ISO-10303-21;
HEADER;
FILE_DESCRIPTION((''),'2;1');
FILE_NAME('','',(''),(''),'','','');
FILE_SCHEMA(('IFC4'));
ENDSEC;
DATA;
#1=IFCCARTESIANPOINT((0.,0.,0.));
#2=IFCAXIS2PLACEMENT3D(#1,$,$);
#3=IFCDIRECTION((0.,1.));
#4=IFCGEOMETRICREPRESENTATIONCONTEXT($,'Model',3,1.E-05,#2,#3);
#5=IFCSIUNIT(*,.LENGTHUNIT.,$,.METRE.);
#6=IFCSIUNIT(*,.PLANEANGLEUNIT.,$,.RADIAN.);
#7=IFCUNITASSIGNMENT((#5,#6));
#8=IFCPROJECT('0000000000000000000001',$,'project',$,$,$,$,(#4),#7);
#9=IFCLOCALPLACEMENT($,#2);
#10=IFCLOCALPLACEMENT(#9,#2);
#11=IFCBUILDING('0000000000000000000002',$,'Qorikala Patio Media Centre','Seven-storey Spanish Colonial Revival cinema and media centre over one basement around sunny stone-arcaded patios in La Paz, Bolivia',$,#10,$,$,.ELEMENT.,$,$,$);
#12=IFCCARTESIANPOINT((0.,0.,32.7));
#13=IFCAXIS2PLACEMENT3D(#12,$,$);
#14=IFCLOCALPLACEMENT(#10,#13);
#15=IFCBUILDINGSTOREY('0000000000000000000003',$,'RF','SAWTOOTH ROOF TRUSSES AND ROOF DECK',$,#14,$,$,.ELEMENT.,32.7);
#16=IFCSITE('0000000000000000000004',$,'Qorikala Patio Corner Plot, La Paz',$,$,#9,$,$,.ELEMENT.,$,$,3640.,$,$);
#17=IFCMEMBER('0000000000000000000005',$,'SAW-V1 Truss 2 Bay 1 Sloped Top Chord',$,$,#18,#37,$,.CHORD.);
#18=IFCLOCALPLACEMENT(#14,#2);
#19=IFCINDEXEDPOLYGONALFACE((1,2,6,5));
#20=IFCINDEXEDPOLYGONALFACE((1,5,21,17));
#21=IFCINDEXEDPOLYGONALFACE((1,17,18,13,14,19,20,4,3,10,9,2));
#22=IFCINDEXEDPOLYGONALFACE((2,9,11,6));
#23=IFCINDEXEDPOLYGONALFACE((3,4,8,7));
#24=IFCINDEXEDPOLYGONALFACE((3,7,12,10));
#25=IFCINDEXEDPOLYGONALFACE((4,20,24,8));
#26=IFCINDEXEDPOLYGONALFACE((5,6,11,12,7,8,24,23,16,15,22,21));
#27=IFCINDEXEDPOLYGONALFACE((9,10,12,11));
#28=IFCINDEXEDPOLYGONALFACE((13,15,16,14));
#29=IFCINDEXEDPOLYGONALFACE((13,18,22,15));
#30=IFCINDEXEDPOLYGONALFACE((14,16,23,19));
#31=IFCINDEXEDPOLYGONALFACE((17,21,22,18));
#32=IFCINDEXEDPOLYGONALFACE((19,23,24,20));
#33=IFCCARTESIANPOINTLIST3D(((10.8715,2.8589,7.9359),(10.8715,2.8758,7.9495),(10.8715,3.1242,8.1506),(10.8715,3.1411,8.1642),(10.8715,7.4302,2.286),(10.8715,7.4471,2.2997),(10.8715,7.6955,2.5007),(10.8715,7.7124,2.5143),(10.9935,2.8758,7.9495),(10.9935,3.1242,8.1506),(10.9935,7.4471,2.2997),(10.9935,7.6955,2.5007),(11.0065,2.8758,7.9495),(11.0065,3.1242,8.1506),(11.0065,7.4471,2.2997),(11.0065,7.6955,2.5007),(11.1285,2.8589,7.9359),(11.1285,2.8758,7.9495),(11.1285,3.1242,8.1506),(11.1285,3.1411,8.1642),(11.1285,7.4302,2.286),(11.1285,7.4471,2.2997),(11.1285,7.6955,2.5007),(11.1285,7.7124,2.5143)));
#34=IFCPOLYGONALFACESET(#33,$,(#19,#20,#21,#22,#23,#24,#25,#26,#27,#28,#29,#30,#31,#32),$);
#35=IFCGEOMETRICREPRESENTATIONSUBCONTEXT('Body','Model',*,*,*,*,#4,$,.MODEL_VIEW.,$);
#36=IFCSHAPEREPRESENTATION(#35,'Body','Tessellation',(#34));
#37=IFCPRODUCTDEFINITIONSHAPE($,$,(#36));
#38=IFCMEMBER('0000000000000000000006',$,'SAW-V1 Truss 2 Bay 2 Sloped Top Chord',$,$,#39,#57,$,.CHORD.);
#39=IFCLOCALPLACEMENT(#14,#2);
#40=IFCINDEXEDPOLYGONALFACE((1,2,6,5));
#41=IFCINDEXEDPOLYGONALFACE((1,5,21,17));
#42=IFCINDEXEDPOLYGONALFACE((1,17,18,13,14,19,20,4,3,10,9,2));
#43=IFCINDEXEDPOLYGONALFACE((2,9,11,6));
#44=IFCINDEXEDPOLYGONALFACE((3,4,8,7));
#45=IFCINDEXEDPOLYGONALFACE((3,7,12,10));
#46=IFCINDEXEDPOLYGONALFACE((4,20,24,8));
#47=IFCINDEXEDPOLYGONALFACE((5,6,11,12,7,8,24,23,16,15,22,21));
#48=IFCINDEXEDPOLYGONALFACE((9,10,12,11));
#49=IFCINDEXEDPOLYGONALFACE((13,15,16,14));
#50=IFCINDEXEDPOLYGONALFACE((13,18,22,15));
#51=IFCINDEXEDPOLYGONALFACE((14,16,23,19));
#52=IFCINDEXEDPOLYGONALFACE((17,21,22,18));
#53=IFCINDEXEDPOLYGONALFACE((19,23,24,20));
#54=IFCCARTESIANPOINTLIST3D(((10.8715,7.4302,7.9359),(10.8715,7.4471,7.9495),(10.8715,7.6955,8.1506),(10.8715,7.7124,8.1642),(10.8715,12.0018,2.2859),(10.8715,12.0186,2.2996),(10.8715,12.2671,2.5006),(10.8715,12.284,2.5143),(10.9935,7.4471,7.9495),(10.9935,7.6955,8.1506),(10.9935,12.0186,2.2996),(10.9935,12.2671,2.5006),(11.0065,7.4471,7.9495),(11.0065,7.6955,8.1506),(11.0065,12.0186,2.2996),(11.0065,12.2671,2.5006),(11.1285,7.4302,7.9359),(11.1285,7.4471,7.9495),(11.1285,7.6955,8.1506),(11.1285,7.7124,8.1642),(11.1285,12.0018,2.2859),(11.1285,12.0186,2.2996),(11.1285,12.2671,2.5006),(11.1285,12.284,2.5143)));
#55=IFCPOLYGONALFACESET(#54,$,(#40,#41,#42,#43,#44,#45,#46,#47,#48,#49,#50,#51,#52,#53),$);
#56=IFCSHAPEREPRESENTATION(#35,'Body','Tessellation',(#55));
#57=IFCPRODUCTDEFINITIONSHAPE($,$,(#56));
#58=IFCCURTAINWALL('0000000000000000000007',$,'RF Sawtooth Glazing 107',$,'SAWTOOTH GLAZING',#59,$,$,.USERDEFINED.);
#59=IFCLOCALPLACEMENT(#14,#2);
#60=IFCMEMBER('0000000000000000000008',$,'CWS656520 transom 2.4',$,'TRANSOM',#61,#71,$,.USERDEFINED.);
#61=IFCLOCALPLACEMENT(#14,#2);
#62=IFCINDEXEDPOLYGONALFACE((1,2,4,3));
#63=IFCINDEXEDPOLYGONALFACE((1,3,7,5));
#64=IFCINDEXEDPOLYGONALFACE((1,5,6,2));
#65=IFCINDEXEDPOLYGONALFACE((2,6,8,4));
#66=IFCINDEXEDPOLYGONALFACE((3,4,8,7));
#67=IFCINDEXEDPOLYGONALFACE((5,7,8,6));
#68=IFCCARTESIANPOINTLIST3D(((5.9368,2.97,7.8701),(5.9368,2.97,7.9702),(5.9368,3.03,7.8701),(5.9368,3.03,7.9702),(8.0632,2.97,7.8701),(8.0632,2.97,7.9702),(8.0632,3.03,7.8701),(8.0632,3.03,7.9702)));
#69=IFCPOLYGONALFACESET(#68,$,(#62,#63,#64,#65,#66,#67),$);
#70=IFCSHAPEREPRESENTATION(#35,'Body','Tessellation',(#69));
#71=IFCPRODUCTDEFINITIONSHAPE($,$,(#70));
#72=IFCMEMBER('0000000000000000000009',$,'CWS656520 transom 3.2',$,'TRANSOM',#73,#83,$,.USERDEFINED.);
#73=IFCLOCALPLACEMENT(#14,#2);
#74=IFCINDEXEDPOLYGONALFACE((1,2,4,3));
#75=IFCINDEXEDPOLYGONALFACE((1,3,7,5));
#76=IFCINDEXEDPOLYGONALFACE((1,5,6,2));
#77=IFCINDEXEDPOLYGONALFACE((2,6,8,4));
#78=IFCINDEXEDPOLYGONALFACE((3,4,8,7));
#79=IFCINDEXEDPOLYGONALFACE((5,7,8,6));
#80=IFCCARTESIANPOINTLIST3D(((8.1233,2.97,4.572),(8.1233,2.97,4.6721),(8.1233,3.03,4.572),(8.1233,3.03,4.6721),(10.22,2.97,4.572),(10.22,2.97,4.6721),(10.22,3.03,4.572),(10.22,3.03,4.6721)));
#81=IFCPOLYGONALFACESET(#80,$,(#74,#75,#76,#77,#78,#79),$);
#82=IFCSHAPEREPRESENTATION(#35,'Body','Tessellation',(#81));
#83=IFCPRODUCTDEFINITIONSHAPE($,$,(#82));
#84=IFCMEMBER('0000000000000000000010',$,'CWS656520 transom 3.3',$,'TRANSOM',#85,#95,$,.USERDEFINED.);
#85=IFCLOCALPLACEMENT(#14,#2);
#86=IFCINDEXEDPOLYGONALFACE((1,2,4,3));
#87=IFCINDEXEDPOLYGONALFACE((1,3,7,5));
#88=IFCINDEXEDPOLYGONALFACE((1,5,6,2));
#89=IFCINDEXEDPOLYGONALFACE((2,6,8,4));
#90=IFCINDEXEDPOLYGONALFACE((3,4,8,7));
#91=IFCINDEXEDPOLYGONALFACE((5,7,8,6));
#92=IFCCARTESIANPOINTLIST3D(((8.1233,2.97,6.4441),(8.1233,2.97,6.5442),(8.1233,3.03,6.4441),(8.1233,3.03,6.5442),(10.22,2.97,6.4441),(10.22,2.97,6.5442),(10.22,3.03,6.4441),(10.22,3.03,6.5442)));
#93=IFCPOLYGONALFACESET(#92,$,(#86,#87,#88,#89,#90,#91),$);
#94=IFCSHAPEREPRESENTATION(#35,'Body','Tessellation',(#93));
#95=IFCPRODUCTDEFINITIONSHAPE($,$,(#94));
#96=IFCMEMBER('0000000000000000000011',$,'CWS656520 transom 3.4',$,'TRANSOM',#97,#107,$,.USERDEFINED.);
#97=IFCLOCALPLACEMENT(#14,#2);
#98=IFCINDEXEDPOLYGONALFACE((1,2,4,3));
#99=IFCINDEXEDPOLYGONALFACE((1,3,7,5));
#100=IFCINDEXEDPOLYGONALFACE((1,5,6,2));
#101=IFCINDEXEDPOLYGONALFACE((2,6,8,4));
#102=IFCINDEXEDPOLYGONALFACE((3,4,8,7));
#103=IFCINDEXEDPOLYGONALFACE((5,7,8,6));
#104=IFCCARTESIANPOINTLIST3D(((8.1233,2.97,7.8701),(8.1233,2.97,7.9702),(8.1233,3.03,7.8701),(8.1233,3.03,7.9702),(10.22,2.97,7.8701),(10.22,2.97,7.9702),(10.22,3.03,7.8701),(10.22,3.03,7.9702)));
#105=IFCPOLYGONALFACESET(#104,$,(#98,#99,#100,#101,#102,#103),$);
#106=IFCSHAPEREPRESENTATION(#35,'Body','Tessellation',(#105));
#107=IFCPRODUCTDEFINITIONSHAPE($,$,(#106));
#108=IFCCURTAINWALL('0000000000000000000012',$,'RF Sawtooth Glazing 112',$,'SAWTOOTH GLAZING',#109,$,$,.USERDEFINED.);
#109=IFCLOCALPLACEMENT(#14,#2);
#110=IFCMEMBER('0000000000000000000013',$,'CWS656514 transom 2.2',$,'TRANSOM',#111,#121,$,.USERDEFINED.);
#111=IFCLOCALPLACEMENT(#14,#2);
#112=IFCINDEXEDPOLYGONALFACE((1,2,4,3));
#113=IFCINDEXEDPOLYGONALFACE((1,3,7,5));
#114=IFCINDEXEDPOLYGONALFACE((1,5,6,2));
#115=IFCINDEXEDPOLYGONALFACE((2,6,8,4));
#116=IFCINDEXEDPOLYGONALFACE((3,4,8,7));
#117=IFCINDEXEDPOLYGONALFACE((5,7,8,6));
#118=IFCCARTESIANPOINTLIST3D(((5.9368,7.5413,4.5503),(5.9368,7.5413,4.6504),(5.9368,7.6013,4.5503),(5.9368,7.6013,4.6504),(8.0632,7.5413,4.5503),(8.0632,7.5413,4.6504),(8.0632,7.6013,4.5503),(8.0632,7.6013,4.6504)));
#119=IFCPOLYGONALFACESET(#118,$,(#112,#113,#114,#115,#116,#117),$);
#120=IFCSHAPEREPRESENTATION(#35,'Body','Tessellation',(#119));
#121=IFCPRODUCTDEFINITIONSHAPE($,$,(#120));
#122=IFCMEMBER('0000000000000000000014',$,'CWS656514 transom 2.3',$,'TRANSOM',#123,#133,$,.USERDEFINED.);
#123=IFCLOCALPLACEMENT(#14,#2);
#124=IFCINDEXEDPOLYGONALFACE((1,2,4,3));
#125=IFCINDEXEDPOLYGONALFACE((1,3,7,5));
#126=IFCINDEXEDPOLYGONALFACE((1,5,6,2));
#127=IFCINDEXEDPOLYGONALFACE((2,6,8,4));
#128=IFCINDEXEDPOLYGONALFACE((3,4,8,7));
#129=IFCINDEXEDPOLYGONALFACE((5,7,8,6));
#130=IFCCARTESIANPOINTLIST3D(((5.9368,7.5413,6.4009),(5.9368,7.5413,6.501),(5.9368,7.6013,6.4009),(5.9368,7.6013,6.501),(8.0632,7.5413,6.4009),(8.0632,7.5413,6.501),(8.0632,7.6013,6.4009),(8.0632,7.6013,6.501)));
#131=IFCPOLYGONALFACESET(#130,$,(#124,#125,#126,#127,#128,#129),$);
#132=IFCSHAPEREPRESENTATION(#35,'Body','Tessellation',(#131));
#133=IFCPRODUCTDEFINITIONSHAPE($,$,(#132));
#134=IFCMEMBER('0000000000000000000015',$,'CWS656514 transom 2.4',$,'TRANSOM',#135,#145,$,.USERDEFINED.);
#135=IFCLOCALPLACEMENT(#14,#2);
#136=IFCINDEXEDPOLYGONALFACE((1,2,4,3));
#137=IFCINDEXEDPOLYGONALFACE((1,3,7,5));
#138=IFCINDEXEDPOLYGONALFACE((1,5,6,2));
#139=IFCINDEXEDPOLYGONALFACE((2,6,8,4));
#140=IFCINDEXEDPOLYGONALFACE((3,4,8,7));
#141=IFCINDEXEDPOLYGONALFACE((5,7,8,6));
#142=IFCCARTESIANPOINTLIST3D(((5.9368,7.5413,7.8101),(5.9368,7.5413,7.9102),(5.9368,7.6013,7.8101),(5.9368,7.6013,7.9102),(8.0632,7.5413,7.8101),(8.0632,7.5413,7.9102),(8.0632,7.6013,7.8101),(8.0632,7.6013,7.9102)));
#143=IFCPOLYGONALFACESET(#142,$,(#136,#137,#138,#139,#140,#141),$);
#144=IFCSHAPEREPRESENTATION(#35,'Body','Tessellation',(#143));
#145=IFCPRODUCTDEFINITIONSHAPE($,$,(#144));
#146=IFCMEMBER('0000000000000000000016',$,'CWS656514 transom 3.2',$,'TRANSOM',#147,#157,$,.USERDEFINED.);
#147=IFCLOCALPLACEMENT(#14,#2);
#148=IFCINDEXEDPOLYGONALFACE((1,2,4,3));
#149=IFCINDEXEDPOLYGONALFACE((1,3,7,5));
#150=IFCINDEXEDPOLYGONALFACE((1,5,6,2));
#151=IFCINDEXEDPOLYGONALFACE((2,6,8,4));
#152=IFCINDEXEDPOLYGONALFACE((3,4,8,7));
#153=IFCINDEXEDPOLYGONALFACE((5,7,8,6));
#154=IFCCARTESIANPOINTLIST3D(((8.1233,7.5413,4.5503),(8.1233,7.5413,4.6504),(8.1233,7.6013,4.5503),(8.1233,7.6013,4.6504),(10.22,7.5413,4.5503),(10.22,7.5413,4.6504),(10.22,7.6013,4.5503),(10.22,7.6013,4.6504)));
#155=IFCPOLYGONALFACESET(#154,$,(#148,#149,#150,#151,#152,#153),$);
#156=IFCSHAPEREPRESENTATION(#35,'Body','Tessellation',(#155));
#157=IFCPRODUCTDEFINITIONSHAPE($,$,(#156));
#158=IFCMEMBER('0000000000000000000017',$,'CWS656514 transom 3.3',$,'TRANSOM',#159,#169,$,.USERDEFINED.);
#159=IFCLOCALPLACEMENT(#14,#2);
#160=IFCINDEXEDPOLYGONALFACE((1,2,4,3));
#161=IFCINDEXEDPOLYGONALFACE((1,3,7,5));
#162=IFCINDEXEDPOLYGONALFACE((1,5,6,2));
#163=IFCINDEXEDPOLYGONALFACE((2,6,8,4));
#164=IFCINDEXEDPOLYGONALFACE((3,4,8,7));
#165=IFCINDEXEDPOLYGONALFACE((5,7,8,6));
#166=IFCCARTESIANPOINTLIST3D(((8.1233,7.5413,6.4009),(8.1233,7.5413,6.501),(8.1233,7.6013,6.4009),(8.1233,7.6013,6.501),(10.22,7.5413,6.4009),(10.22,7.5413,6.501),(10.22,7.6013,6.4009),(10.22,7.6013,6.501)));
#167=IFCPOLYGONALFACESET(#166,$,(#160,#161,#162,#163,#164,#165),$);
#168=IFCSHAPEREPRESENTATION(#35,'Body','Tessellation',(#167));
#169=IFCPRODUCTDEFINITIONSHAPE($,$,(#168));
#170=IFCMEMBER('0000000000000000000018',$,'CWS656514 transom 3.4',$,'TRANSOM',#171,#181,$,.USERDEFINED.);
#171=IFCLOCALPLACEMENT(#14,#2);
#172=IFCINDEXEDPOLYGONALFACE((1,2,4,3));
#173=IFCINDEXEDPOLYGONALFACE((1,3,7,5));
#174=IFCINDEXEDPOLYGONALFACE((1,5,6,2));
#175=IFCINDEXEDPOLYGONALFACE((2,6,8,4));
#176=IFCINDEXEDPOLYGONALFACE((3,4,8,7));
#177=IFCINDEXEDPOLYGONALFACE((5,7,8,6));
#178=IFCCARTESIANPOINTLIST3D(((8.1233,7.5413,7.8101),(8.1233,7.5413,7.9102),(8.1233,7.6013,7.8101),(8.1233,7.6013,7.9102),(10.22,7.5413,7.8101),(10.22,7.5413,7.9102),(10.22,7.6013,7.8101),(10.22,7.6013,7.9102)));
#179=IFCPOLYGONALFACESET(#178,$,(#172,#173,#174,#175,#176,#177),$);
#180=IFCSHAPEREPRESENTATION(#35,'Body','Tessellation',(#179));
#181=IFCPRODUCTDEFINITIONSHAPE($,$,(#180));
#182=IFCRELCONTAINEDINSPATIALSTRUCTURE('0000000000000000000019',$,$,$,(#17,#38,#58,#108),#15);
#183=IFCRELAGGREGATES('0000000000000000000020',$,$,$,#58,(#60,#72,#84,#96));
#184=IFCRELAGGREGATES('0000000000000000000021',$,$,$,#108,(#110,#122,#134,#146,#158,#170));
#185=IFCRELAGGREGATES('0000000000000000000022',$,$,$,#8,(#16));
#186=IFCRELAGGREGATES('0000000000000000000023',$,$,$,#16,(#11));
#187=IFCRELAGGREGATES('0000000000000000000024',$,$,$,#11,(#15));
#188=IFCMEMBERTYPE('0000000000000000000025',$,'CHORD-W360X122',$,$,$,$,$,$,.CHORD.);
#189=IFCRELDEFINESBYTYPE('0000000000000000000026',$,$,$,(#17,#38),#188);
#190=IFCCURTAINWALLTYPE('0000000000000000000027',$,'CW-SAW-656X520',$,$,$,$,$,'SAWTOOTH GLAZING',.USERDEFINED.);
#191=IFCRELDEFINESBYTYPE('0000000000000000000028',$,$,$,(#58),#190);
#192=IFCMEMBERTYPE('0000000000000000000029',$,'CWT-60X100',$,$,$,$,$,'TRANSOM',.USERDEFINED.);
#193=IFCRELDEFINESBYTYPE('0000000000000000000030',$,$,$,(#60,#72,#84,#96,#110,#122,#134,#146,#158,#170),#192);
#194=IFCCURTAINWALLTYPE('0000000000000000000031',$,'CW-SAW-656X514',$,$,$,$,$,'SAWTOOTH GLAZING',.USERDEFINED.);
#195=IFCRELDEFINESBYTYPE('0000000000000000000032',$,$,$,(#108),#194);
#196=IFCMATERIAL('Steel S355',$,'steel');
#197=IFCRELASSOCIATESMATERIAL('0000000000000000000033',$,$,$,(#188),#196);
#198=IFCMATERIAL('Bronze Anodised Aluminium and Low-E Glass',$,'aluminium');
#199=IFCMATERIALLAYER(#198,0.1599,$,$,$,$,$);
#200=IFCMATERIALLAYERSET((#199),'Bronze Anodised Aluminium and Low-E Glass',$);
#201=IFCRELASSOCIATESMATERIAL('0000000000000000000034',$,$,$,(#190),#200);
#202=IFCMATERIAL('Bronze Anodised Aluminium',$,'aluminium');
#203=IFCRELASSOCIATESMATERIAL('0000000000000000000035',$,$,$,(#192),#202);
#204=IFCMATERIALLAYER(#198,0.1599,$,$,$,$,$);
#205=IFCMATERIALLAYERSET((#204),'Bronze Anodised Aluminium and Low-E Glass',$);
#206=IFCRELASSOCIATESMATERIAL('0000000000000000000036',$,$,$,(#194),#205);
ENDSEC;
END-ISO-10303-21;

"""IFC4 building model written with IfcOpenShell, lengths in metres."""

from ifc_helpers import new_model, si_unit, direction, frame, origin, origin_2d, place, context, subcontext, project, spatial, rectangle, i_section, extrude, material, layer, layer_set, material_profile, profile_set, type_object, element, aggregate, save


model = new_model("IFC4")

# Units and contexts
model_context = context("Model", 3, precision=1e-05, world=origin(), true_north=direction((0.0, 1.0)))
body_context = subcontext(model_context, "Body", "Model", "MODEL_VIEW")
ifc_project = project(units=[si_unit("LENGTHUNIT", "METRE"), si_unit("PLANEANGLEUNIT", "RADIAN")], contexts=[model_context])

# Site, building, storey
site_placement = place(None, origin())
site = spatial("IfcSite", under=ifc_project, at=site_placement, Name="Qorikala Patio Corner Plot, La Paz", CompositionType="ELEMENT", RefElevation=3640.0)
building_placement = place(site_placement, origin())
building = spatial("IfcBuilding", under=site, at=building_placement, Name="Qorikala Patio Media Centre", Description="Seven-storey Spanish Colonial Revival cinema and media centre over one basement around sunny stone-arcaded patios in La Paz, Bolivia", CompositionType="ELEMENT")
storey_placement = place(building_placement, frame((0.0, 0.0, 32.7)))
storey = spatial("IfcBuildingStorey", under=building, at=storey_placement, Name="RF", Description="SAWTOOTH ROOF TRUSSES AND ROOF DECK", CompositionType="ELEMENT", Elevation=32.7)

# Members
ifc_material_1 = material(Name="Steel S355", Category="steel")
ifc_material_profile_1 = material_profile(ifc_material_1, i_section(OverallWidth=0.2571, OverallDepth=0.363, WebThickness=0.0129, FlangeThickness=0.0217, at=origin_2d()), Name="W360X122")
ifc_profile_set_1 = profile_set([ifc_material_profile_1], Name="Steel S355")
member_type_1 = type_object("IfcMemberType", Name="CHORD-W360X122", PredefinedType="CHORD", material=ifc_profile_set_1)
member_1_placement = place(storey_placement, frame((11.0, 3.0, 8.05), z_axis=(0.0, 0.628995, -0.777409), x_axis=(-1.0, 0.0, 0.0)))
element("IfcMember", 1, at=member_1_placement, inside=storey, type_object=member_type_1, Name="SAW-V1 Truss 2 Bay 1 Sloped Top Chord", PredefinedType="CHORD", context=body_context, shape_type="SweptSolid", body=[
    extrude(i_section(OverallWidth=0.2571, OverallDepth=0.363, WebThickness=0.0129, FlangeThickness=0.0217, at=origin_2d()), origin(), (0.0, 0.0, 1.0), 7.2676),
])
member_2_placement = place(storey_placement, frame((11.0, 7.5713, 8.05), z_axis=(0.0, 0.629016, -0.777393), x_axis=(-1.0, 0.0, 0.0)))
element("IfcMember", 2, at=member_2_placement, inside=storey, type_object=member_type_1, Name="SAW-V1 Truss 2 Bay 2 Sloped Top Chord", PredefinedType="CHORD", context=body_context, shape_type="SweptSolid", body=[
    extrude(i_section(OverallWidth=0.2571, OverallDepth=0.363, WebThickness=0.0129, FlangeThickness=0.0217, at=origin_2d()), origin(), (0.0, 0.0, 1.0), 7.2678),
])

# Curtain walls, members
ifc_material_2 = material(Name="Bronze Anodised Aluminium and Low-E Glass", Category="aluminium")
ifc_layer_1 = layer(ifc_material_2, 0.1599)
ifc_layer_set_1 = layer_set([ifc_layer_1], Name="Bronze Anodised Aluminium and Low-E Glass")
curtain_wall_type_1 = type_object("IfcCurtainWallType", Name="CW-SAW-656X520", ElementType="SAWTOOTH GLAZING", PredefinedType="USERDEFINED", material=ifc_layer_set_1)
curtain_wall_1_placement = place(storey_placement, origin())
curtain_wall_1 = element("IfcCurtainWall", 3, at=curtain_wall_1_placement, inside=storey, type_object=curtain_wall_type_1, Name="RF Sawtooth Glazing 107", ObjectType="SAWTOOTH GLAZING", PredefinedType="USERDEFINED")
ifc_material_3 = material(Name="Bronze Anodised Aluminium", Category="aluminium")
ifc_material_profile_2 = material_profile(ifc_material_3, rectangle(XDim=0.0601, YDim=0.1001, at=origin_2d()), Name="ALU TRANSOM 60x100")
ifc_profile_set_2 = profile_set([ifc_material_profile_2], Name="Bronze Anodised Aluminium")
member_type_2 = type_object("IfcMemberType", Name="CWT-60X100", ElementType="TRANSOM", PredefinedType="USERDEFINED", material=ifc_profile_set_2)
member_3_placement = place(storey_placement, frame((5.9368, 3.0, 7.9202), z_axis=(1.0, 0.0, 0.0), x_axis=(0.0, 1.0, 0.0)))
member_3 = element("IfcMember", 4, at=member_3_placement, type_object=member_type_2, Name="CWS656520 transom 2.4", ObjectType="TRANSOM", PredefinedType="USERDEFINED", context=body_context, shape_type="SweptSolid", body=[
    extrude(rectangle(XDim=0.0601, YDim=0.1001, at=origin_2d()), origin(), (0.0, 0.0, 1.0), 2.1265),
])
member_4_placement = place(storey_placement, frame((8.1233, 3.0, 4.6221), z_axis=(1.0, 0.0, 0.0), x_axis=(0.0, 1.0, 0.0)))
member_4 = element("IfcMember", 5, at=member_4_placement, type_object=member_type_2, Name="CWS656520 transom 3.2", ObjectType="TRANSOM", PredefinedType="USERDEFINED", context=body_context, shape_type="SweptSolid", body=[
    extrude(rectangle(XDim=0.0601, YDim=0.1001, at=origin_2d()), origin(), (0.0, 0.0, 1.0), 2.0967),
])
member_5_placement = place(storey_placement, frame((8.1233, 3.0, 6.4941), z_axis=(1.0, 0.0, 0.0), x_axis=(0.0, 1.0, 0.0)))
member_5 = element("IfcMember", 6, at=member_5_placement, type_object=member_type_2, Name="CWS656520 transom 3.3", ObjectType="TRANSOM", PredefinedType="USERDEFINED", context=body_context, shape_type="SweptSolid", body=[
    extrude(rectangle(XDim=0.0601, YDim=0.1001, at=origin_2d()), origin(), (0.0, 0.0, 1.0), 2.0967),
])
member_6_placement = place(storey_placement, frame((8.1233, 3.0, 7.9202), z_axis=(1.0, 0.0, 0.0), x_axis=(0.0, 1.0, 0.0)))
member_6 = element("IfcMember", 7, at=member_6_placement, type_object=member_type_2, Name="CWS656520 transom 3.4", ObjectType="TRANSOM", PredefinedType="USERDEFINED", context=body_context, shape_type="SweptSolid", body=[
    extrude(rectangle(XDim=0.0601, YDim=0.1001, at=origin_2d()), origin(), (0.0, 0.0, 1.0), 2.0967),
])
ifc_layer_2 = layer(ifc_material_2, 0.1599)
ifc_layer_set_2 = layer_set([ifc_layer_2], Name="Bronze Anodised Aluminium and Low-E Glass")
curtain_wall_type_2 = type_object("IfcCurtainWallType", Name="CW-SAW-656X514", ElementType="SAWTOOTH GLAZING", PredefinedType="USERDEFINED", material=ifc_layer_set_2)
curtain_wall_2_placement = place(storey_placement, origin())
curtain_wall_2 = element("IfcCurtainWall", 8, at=curtain_wall_2_placement, inside=storey, type_object=curtain_wall_type_2, Name="RF Sawtooth Glazing 112", ObjectType="SAWTOOTH GLAZING", PredefinedType="USERDEFINED")
member_7_placement = place(storey_placement, frame((5.9368, 7.5713, 4.6003), z_axis=(1.0, 0.0, 0.0), x_axis=(0.0, 1.0, 0.0)))
member_7 = element("IfcMember", 9, at=member_7_placement, type_object=member_type_2, Name="CWS656514 transom 2.2", ObjectType="TRANSOM", PredefinedType="USERDEFINED", context=body_context, shape_type="SweptSolid", body=[
    extrude(rectangle(XDim=0.0601, YDim=0.1001, at=origin_2d()), origin(), (0.0, 0.0, 1.0), 2.1265),
])
member_8_placement = place(storey_placement, frame((5.9368, 7.5713, 6.4509), z_axis=(1.0, 0.0, 0.0), x_axis=(0.0, 1.0, 0.0)))
member_8 = element("IfcMember", 10, at=member_8_placement, type_object=member_type_2, Name="CWS656514 transom 2.3", ObjectType="TRANSOM", PredefinedType="USERDEFINED", context=body_context, shape_type="SweptSolid", body=[
    extrude(rectangle(XDim=0.0601, YDim=0.1001, at=origin_2d()), origin(), (0.0, 0.0, 1.0), 2.1265),
])
member_9_placement = place(storey_placement, frame((5.9368, 7.5713, 7.8601), z_axis=(1.0, 0.0, 0.0), x_axis=(0.0, 1.0, 0.0)))
member_9 = element("IfcMember", 11, at=member_9_placement, type_object=member_type_2, Name="CWS656514 transom 2.4", ObjectType="TRANSOM", PredefinedType="USERDEFINED", context=body_context, shape_type="SweptSolid", body=[
    extrude(rectangle(XDim=0.0601, YDim=0.1001, at=origin_2d()), origin(), (0.0, 0.0, 1.0), 2.1265),
])
member_10_placement = place(storey_placement, frame((8.1233, 7.5713, 4.6003), z_axis=(1.0, 0.0, 0.0), x_axis=(0.0, 1.0, 0.0)))
member_10 = element("IfcMember", 12, at=member_10_placement, type_object=member_type_2, Name="CWS656514 transom 3.2", ObjectType="TRANSOM", PredefinedType="USERDEFINED", context=body_context, shape_type="SweptSolid", body=[
    extrude(rectangle(XDim=0.0601, YDim=0.1001, at=origin_2d()), origin(), (0.0, 0.0, 1.0), 2.0967),
])
member_11_placement = place(storey_placement, frame((8.1233, 7.5713, 6.4509), z_axis=(1.0, 0.0, 0.0), x_axis=(0.0, 1.0, 0.0)))
member_11 = element("IfcMember", 13, at=member_11_placement, type_object=member_type_2, Name="CWS656514 transom 3.3", ObjectType="TRANSOM", PredefinedType="USERDEFINED", context=body_context, shape_type="SweptSolid", body=[
    extrude(rectangle(XDim=0.0601, YDim=0.1001, at=origin_2d()), origin(), (0.0, 0.0, 1.0), 2.0967),
])
member_12_placement = place(storey_placement, frame((8.1233, 7.5713, 7.8601), z_axis=(1.0, 0.0, 0.0), x_axis=(0.0, 1.0, 0.0)))
member_12 = element("IfcMember", 14, at=member_12_placement, type_object=member_type_2, Name="CWS656514 transom 3.4", ObjectType="TRANSOM", PredefinedType="USERDEFINED", context=body_context, shape_type="SweptSolid", body=[
    extrude(rectangle(XDim=0.0601, YDim=0.1001, at=origin_2d()), origin(), (0.0, 0.0, 1.0), 2.0967),
])

aggregate(curtain_wall_1, [member_3, member_4, member_5, member_6])
aggregate(curtain_wall_2, [member_7, member_8, member_9, member_10, member_11, member_12])

save(model, "model.ifc")
